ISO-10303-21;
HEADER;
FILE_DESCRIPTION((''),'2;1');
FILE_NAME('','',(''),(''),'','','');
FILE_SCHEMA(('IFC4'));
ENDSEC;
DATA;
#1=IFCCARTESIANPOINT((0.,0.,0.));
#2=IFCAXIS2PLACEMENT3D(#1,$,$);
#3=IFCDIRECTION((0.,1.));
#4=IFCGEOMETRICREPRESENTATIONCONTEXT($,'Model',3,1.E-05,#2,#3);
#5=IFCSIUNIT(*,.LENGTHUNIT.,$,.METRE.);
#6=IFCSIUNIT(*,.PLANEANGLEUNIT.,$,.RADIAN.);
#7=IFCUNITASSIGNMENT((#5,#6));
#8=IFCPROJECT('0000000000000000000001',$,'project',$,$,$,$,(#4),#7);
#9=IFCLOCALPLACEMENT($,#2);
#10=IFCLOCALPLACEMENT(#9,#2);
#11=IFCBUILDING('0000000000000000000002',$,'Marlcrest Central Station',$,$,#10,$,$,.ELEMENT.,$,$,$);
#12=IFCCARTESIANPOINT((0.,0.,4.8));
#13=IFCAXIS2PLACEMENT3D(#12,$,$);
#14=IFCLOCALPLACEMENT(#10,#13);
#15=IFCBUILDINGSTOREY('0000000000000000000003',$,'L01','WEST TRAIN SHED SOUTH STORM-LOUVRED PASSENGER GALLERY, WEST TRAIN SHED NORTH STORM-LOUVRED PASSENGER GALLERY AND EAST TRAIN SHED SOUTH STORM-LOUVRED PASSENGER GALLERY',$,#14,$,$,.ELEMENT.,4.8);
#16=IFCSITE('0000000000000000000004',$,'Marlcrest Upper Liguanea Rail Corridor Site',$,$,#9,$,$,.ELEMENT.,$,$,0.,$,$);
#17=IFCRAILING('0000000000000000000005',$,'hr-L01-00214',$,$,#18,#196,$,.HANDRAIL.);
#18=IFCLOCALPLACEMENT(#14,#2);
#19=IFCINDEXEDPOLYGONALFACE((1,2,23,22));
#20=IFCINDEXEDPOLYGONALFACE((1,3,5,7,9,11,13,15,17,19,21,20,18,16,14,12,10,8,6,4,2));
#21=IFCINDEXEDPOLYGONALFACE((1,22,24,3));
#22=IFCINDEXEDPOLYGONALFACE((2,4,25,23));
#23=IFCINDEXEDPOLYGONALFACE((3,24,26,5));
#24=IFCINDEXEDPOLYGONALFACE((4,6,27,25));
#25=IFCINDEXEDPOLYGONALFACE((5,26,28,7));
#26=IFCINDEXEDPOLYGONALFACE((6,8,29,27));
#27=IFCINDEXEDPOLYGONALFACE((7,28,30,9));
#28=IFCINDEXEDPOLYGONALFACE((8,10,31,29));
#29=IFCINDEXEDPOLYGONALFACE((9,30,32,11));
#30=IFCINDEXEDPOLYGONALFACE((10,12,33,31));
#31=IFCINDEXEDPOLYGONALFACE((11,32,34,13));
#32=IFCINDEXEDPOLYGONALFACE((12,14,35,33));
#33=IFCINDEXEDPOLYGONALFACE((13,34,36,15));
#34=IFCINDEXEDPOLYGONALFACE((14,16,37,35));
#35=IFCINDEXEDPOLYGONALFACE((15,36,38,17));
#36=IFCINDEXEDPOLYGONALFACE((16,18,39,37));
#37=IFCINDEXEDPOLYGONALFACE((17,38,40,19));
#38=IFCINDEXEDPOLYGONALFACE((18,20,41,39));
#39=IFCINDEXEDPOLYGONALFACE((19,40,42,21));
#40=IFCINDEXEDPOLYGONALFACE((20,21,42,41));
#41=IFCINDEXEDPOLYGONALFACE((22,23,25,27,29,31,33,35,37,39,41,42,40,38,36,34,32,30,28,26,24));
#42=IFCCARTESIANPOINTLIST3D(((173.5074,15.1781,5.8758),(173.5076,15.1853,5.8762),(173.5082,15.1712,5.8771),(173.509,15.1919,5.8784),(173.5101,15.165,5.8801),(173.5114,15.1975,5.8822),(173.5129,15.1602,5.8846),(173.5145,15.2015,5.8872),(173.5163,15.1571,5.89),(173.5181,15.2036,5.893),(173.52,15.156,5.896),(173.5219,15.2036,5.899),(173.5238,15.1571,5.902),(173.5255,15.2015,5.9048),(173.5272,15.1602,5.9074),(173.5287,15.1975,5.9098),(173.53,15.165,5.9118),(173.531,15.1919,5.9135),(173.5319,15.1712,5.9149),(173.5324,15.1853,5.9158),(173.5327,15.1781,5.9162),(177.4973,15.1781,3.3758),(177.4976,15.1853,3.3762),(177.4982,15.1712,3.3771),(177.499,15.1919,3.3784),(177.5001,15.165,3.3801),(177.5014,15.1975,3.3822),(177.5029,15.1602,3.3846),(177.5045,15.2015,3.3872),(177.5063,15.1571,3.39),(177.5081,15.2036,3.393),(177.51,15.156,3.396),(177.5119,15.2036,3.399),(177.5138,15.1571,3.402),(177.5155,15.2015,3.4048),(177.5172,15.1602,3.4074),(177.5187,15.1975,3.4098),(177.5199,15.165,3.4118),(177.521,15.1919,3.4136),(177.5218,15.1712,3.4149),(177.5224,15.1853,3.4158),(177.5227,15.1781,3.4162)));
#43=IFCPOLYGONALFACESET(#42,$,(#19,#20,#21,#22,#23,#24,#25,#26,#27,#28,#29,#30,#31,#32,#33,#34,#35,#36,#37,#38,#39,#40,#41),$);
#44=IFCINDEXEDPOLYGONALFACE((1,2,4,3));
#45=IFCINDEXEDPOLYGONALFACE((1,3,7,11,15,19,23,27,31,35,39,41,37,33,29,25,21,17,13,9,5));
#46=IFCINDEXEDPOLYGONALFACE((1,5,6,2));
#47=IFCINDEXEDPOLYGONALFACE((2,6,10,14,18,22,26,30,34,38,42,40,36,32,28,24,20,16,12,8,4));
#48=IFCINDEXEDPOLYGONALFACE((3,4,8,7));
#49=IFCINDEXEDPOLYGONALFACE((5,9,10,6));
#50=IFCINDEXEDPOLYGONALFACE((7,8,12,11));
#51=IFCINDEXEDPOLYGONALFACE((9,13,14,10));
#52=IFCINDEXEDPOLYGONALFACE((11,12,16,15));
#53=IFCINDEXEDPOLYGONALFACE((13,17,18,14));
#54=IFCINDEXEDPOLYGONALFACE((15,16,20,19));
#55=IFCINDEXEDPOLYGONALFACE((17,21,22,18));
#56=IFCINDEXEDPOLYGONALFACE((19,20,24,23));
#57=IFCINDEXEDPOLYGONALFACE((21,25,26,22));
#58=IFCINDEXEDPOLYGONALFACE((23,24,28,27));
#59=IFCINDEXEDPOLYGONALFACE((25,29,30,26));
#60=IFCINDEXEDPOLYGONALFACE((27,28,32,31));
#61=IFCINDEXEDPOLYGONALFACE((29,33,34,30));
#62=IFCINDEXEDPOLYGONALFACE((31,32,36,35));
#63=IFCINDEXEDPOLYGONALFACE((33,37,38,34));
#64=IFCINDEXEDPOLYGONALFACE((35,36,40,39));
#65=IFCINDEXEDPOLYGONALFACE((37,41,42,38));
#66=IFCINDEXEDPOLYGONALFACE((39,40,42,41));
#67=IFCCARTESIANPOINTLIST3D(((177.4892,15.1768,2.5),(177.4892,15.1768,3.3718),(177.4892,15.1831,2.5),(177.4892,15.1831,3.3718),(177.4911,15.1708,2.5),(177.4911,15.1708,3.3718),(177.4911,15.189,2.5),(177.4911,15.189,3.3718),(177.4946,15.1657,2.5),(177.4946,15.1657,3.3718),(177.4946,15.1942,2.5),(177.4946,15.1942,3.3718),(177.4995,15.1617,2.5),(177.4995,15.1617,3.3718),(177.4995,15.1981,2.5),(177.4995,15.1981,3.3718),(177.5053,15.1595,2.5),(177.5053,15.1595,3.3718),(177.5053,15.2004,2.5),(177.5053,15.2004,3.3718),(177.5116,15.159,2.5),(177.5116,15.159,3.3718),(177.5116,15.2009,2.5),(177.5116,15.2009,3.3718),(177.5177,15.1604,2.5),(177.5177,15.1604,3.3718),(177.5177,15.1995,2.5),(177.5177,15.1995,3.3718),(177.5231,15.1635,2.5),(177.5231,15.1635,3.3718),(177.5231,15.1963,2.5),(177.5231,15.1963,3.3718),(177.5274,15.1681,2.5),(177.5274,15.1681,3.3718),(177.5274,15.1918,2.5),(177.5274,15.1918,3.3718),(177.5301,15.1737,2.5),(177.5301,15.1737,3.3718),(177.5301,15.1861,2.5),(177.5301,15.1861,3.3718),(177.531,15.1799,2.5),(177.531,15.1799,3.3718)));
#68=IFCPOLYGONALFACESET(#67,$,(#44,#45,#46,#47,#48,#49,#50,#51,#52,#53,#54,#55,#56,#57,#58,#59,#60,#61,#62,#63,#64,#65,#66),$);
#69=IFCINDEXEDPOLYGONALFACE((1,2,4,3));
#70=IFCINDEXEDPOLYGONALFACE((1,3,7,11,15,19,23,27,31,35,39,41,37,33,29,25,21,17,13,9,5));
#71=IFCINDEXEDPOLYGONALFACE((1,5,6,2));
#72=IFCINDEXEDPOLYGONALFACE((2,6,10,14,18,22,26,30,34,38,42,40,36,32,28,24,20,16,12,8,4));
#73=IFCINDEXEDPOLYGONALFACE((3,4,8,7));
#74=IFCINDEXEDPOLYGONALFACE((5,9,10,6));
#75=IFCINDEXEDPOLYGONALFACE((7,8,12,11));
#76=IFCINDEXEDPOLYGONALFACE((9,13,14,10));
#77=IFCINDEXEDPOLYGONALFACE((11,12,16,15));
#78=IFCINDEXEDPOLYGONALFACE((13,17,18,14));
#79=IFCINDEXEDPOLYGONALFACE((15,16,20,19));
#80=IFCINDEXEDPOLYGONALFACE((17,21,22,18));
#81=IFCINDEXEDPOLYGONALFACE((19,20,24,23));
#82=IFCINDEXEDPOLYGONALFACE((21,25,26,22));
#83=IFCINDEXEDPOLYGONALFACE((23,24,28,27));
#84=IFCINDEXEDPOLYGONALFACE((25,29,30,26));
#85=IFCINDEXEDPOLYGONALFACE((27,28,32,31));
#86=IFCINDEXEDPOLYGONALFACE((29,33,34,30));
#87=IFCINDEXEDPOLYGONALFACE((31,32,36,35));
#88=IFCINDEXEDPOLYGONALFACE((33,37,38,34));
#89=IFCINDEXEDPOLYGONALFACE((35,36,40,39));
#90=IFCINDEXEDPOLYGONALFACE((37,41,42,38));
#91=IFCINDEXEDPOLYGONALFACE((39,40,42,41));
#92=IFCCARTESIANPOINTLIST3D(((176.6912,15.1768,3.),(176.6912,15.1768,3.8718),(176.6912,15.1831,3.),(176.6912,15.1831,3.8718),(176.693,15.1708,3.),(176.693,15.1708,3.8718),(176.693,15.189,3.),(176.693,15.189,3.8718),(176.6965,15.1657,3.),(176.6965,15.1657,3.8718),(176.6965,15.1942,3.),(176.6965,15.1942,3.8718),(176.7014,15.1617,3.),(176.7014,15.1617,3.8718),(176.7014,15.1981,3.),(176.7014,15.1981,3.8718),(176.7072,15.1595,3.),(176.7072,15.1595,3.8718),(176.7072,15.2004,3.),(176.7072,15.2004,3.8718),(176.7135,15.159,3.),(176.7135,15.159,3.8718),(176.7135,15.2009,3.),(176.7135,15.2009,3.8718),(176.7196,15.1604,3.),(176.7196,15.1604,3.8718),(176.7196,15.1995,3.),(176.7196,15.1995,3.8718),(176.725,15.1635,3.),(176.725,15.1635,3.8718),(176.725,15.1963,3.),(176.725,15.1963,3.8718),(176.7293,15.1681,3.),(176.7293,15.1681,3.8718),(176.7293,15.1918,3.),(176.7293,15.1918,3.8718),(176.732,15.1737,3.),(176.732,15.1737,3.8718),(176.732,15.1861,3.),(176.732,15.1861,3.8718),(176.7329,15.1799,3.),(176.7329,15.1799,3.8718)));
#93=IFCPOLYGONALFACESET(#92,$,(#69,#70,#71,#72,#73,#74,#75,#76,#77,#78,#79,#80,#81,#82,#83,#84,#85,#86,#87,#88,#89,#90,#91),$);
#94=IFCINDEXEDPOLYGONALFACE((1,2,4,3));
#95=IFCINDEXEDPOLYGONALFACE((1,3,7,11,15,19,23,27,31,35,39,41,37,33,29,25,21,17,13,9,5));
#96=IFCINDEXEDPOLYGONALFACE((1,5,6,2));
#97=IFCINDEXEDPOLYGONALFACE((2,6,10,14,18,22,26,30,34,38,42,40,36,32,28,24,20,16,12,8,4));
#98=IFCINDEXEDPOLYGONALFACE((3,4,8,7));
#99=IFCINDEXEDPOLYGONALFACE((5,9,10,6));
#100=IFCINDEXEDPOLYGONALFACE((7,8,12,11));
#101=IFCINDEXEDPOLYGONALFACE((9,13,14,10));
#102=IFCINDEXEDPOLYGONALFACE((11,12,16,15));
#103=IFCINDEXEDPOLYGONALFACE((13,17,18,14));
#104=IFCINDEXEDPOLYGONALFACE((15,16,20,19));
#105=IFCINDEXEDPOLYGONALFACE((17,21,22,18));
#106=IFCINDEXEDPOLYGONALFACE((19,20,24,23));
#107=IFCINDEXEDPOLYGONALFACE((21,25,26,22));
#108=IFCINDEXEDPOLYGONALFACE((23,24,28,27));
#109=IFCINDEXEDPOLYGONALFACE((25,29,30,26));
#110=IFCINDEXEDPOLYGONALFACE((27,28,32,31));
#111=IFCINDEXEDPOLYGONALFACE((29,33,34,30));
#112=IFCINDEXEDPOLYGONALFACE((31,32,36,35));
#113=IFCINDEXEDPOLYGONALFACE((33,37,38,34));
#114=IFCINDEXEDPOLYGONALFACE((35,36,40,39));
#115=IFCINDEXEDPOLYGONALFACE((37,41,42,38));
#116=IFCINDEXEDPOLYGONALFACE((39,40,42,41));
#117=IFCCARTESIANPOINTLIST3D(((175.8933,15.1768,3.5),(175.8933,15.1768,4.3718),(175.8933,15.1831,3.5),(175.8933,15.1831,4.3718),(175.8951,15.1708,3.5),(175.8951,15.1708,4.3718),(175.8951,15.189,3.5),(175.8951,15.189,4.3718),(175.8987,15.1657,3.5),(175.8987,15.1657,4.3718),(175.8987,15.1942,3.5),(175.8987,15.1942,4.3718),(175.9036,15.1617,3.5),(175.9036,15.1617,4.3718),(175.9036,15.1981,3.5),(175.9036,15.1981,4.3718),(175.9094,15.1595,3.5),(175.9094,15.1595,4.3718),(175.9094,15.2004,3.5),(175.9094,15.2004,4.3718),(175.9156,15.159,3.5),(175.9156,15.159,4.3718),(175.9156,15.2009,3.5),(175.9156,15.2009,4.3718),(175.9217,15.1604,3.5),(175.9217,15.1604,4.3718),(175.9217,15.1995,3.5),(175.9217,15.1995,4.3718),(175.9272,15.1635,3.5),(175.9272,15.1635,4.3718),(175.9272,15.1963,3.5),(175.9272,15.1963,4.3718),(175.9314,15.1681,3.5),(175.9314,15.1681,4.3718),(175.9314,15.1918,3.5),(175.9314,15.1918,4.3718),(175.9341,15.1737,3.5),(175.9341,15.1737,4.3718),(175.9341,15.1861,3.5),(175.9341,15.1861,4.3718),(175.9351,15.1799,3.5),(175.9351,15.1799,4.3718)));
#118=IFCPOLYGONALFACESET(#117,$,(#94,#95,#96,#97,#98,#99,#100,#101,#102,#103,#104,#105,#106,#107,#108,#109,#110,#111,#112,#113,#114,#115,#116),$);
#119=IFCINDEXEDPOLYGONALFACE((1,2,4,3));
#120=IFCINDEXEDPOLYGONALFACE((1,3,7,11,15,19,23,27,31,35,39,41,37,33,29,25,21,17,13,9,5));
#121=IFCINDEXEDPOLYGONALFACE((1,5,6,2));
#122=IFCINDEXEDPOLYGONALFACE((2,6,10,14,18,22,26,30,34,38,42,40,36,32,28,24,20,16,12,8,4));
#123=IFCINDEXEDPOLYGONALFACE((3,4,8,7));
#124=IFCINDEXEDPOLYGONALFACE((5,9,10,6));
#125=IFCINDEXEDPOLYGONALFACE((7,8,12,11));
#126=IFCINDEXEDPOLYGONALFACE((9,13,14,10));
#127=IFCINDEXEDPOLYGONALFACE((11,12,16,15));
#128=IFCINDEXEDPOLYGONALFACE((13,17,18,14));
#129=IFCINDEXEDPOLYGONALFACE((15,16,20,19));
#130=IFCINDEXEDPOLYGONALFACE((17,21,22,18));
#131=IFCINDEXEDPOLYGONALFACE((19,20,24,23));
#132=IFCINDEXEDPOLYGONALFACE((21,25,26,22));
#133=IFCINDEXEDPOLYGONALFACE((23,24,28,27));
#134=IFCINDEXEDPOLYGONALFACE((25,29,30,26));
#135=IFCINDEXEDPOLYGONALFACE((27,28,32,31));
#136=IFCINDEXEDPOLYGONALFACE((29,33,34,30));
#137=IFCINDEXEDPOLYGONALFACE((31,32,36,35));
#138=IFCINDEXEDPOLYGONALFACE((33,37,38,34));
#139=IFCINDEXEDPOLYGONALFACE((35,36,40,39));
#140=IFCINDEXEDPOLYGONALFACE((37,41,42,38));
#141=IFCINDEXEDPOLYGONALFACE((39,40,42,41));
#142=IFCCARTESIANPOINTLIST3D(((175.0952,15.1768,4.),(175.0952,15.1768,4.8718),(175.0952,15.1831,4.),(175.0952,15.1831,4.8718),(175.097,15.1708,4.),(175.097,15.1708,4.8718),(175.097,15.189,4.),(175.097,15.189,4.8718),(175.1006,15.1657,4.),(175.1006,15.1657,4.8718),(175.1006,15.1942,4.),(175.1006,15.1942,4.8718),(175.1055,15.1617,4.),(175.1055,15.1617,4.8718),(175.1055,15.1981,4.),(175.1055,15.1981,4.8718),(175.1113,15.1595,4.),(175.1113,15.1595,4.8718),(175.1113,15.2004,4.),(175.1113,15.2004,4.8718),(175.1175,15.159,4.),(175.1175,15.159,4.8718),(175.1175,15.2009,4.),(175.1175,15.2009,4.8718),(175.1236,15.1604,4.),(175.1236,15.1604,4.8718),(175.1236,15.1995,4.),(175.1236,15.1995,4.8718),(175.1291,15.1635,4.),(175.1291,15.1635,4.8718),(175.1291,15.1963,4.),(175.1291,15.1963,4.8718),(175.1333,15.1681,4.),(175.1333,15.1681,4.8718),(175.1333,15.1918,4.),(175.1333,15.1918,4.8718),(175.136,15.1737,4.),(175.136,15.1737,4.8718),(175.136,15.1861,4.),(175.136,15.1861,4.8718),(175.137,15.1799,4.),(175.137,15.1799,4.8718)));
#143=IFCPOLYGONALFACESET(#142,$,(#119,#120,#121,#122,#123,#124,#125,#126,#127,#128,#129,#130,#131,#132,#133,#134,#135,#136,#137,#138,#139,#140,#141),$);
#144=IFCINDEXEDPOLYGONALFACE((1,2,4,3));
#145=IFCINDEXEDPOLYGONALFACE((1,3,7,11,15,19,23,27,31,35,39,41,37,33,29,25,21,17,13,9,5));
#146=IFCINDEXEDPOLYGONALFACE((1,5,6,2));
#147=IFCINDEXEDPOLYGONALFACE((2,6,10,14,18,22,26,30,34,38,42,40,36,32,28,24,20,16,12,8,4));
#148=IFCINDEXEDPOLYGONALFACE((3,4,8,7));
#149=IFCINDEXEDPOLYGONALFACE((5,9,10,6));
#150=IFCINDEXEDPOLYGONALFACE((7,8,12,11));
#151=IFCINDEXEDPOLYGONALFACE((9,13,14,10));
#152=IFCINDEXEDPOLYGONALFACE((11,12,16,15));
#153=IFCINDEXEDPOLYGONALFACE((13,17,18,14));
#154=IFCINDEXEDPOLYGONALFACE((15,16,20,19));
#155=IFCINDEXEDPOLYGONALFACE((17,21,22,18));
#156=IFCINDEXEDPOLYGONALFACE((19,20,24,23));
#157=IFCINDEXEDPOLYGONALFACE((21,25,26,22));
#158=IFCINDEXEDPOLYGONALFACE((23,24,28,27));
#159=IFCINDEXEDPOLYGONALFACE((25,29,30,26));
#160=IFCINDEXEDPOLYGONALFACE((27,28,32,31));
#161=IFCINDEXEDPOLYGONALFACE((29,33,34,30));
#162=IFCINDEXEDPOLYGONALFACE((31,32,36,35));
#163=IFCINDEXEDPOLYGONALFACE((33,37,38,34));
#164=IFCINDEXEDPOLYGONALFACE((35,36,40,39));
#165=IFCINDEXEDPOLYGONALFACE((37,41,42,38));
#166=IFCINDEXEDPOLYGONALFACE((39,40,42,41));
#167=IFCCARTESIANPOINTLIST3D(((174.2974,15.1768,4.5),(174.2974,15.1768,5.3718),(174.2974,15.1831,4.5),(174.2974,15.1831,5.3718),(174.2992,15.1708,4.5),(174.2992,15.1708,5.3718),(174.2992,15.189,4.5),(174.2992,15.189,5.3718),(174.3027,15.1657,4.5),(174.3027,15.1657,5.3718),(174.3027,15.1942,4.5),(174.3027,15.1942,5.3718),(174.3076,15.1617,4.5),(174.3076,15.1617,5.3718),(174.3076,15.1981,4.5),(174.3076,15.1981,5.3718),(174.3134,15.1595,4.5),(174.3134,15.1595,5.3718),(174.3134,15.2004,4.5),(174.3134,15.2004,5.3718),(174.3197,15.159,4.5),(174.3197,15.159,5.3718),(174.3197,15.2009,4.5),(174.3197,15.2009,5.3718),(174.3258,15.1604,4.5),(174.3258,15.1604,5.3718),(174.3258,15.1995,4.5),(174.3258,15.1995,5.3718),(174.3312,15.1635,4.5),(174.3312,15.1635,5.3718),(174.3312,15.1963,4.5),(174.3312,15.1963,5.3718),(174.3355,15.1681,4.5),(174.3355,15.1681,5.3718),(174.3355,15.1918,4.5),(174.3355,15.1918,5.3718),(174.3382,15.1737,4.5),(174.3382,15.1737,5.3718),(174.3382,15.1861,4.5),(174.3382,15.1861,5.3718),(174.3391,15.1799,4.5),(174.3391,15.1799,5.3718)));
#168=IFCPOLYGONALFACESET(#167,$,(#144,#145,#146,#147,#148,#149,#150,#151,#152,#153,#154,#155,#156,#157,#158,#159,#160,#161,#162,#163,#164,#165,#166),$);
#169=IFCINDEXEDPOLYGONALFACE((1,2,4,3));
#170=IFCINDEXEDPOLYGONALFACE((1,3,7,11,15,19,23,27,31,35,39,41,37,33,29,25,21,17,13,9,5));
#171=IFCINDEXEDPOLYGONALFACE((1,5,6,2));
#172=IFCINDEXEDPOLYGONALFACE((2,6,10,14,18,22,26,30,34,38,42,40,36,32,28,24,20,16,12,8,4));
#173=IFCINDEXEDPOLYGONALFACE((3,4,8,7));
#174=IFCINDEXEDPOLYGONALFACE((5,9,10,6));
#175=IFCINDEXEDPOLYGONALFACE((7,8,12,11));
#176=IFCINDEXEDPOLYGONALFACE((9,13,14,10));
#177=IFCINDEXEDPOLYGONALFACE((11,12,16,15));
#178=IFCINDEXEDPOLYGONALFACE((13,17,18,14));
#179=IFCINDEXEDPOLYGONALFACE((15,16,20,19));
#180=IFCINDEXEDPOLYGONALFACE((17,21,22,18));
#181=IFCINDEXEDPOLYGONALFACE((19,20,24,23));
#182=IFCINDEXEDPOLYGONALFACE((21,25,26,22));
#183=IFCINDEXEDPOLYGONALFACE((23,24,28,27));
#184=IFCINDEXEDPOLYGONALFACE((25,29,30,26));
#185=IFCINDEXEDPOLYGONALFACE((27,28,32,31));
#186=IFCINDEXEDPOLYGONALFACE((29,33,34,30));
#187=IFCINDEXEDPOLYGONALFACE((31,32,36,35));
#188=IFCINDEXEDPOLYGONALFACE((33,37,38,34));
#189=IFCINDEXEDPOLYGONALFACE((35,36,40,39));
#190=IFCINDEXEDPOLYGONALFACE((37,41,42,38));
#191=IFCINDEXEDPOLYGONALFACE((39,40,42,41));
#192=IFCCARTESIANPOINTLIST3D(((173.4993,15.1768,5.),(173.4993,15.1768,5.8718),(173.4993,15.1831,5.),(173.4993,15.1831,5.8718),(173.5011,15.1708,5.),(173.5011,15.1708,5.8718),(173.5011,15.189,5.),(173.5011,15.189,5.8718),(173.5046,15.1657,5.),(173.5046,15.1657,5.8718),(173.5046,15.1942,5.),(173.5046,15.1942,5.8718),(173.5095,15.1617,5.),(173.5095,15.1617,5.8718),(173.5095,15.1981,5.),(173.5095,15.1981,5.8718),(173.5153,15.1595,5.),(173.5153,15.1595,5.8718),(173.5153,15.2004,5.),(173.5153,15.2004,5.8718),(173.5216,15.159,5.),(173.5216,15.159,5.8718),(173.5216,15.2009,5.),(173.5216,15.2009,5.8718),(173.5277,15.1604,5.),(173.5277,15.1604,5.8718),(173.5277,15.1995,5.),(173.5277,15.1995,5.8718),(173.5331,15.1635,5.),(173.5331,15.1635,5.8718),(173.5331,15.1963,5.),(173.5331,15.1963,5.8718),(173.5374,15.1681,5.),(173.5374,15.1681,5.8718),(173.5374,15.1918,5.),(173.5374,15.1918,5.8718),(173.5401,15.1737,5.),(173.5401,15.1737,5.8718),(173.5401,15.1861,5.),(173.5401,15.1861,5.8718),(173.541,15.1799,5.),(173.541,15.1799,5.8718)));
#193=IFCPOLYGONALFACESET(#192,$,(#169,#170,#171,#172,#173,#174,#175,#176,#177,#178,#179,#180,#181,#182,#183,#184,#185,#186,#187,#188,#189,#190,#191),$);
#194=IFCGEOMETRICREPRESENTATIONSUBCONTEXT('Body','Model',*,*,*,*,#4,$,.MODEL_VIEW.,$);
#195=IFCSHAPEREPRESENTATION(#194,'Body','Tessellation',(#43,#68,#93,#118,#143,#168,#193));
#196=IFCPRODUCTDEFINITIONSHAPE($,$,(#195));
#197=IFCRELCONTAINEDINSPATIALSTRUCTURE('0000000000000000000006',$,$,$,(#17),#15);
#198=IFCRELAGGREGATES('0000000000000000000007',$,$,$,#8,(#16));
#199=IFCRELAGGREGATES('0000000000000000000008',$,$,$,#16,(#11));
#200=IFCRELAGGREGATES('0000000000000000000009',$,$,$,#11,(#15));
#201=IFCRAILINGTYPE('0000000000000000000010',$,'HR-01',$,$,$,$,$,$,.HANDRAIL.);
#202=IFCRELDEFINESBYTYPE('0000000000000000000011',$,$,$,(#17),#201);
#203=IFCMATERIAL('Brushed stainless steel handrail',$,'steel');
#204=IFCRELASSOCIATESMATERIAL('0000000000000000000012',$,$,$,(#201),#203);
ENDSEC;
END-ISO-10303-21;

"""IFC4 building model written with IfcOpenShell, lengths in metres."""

from ifc_helpers import new_model, si_unit, direction, frame, origin, origin_2d, place, context, subcontext, project, spatial, circle, extrude, material, type_object, element, save


model = new_model("IFC4")

# Units and contexts
model_context = context("Model", 3, precision=1e-05, world=origin(), true_north=direction((0.0, 1.0)))
body_context = subcontext(model_context, "Body", "Model", "MODEL_VIEW")
ifc_project = project(units=[si_unit("LENGTHUNIT", "METRE"), si_unit("PLANEANGLEUNIT", "RADIAN")], contexts=[model_context])

# Site, building, storey
site_placement = place(None, origin())
site = spatial("IfcSite", under=ifc_project, at=site_placement, Name="Marlcrest Upper Liguanea Rail Corridor Site", CompositionType="ELEMENT", RefElevation=0.0)
building_placement = place(site_placement, origin())
building = spatial("IfcBuilding", under=site, at=building_placement, Name="Marlcrest Central Station", CompositionType="ELEMENT")
storey_placement = place(building_placement, frame((0.0, 0.0, 4.8)))
storey = spatial("IfcBuildingStorey", under=building, at=storey_placement, Name="L01", Description="WEST TRAIN SHED SOUTH STORM-LOUVRED PASSENGER GALLERY, WEST TRAIN SHED NORTH STORM-LOUVRED PASSENGER GALLERY AND EAST TRAIN SHED SOUTH STORM-LOUVRED PASSENGER GALLERY", CompositionType="ELEMENT", Elevation=4.8)

# Railing
ifc_material_1 = material(Name="Brushed stainless steel handrail", Category="steel")
railing_type_1 = type_object("IfcRailingType", Name="HR-01", PredefinedType="HANDRAIL", material=ifc_material_1)
railing_1_placement = place(storey_placement, frame((177.51, 15.1799, 2.5)))
element("IfcRailing", 1, at=railing_1_placement, inside=storey, type_object=railing_type_1, Name="hr-L01-00214", PredefinedType="HANDRAIL", context=body_context, shape_type="SweptSolid", body=[
    extrude(circle(Radius=0.0239, at=origin_2d()), frame((0.0, 0.0, 0.896), z_axis=(-0.847401, 0.0, 0.530954), x_axis=(0.0, -1.0, 0.0)), (0.0, 0.0, 1.0), 4.7085),
    extrude(circle(Radius=0.021, at=origin_2d()), origin(), (0.0, 0.0, 1.0), 0.8718),
    extrude(circle(Radius=0.021, at=origin_2d()), frame((-0.7981, 0.0, 0.5)), (0.0, 0.0, 1.0), 0.8718),
    extrude(circle(Radius=0.021, at=origin_2d()), frame((-1.5959, 0.0, 1.0)), (0.0, 0.0, 1.0), 0.8718),
    extrude(circle(Radius=0.021, at=origin_2d()), frame((-2.394, 0.0, 1.5)), (0.0, 0.0, 1.0), 0.8718),
    extrude(circle(Radius=0.021, at=origin_2d()), frame((-3.1919, 0.0, 2.0)), (0.0, 0.0, 1.0), 0.8718),
    extrude(circle(Radius=0.021, at=origin_2d()), frame((-3.99, 0.0, 2.5)), (0.0, 0.0, 1.0), 0.8718),
])

save(model, "model.ifc")
